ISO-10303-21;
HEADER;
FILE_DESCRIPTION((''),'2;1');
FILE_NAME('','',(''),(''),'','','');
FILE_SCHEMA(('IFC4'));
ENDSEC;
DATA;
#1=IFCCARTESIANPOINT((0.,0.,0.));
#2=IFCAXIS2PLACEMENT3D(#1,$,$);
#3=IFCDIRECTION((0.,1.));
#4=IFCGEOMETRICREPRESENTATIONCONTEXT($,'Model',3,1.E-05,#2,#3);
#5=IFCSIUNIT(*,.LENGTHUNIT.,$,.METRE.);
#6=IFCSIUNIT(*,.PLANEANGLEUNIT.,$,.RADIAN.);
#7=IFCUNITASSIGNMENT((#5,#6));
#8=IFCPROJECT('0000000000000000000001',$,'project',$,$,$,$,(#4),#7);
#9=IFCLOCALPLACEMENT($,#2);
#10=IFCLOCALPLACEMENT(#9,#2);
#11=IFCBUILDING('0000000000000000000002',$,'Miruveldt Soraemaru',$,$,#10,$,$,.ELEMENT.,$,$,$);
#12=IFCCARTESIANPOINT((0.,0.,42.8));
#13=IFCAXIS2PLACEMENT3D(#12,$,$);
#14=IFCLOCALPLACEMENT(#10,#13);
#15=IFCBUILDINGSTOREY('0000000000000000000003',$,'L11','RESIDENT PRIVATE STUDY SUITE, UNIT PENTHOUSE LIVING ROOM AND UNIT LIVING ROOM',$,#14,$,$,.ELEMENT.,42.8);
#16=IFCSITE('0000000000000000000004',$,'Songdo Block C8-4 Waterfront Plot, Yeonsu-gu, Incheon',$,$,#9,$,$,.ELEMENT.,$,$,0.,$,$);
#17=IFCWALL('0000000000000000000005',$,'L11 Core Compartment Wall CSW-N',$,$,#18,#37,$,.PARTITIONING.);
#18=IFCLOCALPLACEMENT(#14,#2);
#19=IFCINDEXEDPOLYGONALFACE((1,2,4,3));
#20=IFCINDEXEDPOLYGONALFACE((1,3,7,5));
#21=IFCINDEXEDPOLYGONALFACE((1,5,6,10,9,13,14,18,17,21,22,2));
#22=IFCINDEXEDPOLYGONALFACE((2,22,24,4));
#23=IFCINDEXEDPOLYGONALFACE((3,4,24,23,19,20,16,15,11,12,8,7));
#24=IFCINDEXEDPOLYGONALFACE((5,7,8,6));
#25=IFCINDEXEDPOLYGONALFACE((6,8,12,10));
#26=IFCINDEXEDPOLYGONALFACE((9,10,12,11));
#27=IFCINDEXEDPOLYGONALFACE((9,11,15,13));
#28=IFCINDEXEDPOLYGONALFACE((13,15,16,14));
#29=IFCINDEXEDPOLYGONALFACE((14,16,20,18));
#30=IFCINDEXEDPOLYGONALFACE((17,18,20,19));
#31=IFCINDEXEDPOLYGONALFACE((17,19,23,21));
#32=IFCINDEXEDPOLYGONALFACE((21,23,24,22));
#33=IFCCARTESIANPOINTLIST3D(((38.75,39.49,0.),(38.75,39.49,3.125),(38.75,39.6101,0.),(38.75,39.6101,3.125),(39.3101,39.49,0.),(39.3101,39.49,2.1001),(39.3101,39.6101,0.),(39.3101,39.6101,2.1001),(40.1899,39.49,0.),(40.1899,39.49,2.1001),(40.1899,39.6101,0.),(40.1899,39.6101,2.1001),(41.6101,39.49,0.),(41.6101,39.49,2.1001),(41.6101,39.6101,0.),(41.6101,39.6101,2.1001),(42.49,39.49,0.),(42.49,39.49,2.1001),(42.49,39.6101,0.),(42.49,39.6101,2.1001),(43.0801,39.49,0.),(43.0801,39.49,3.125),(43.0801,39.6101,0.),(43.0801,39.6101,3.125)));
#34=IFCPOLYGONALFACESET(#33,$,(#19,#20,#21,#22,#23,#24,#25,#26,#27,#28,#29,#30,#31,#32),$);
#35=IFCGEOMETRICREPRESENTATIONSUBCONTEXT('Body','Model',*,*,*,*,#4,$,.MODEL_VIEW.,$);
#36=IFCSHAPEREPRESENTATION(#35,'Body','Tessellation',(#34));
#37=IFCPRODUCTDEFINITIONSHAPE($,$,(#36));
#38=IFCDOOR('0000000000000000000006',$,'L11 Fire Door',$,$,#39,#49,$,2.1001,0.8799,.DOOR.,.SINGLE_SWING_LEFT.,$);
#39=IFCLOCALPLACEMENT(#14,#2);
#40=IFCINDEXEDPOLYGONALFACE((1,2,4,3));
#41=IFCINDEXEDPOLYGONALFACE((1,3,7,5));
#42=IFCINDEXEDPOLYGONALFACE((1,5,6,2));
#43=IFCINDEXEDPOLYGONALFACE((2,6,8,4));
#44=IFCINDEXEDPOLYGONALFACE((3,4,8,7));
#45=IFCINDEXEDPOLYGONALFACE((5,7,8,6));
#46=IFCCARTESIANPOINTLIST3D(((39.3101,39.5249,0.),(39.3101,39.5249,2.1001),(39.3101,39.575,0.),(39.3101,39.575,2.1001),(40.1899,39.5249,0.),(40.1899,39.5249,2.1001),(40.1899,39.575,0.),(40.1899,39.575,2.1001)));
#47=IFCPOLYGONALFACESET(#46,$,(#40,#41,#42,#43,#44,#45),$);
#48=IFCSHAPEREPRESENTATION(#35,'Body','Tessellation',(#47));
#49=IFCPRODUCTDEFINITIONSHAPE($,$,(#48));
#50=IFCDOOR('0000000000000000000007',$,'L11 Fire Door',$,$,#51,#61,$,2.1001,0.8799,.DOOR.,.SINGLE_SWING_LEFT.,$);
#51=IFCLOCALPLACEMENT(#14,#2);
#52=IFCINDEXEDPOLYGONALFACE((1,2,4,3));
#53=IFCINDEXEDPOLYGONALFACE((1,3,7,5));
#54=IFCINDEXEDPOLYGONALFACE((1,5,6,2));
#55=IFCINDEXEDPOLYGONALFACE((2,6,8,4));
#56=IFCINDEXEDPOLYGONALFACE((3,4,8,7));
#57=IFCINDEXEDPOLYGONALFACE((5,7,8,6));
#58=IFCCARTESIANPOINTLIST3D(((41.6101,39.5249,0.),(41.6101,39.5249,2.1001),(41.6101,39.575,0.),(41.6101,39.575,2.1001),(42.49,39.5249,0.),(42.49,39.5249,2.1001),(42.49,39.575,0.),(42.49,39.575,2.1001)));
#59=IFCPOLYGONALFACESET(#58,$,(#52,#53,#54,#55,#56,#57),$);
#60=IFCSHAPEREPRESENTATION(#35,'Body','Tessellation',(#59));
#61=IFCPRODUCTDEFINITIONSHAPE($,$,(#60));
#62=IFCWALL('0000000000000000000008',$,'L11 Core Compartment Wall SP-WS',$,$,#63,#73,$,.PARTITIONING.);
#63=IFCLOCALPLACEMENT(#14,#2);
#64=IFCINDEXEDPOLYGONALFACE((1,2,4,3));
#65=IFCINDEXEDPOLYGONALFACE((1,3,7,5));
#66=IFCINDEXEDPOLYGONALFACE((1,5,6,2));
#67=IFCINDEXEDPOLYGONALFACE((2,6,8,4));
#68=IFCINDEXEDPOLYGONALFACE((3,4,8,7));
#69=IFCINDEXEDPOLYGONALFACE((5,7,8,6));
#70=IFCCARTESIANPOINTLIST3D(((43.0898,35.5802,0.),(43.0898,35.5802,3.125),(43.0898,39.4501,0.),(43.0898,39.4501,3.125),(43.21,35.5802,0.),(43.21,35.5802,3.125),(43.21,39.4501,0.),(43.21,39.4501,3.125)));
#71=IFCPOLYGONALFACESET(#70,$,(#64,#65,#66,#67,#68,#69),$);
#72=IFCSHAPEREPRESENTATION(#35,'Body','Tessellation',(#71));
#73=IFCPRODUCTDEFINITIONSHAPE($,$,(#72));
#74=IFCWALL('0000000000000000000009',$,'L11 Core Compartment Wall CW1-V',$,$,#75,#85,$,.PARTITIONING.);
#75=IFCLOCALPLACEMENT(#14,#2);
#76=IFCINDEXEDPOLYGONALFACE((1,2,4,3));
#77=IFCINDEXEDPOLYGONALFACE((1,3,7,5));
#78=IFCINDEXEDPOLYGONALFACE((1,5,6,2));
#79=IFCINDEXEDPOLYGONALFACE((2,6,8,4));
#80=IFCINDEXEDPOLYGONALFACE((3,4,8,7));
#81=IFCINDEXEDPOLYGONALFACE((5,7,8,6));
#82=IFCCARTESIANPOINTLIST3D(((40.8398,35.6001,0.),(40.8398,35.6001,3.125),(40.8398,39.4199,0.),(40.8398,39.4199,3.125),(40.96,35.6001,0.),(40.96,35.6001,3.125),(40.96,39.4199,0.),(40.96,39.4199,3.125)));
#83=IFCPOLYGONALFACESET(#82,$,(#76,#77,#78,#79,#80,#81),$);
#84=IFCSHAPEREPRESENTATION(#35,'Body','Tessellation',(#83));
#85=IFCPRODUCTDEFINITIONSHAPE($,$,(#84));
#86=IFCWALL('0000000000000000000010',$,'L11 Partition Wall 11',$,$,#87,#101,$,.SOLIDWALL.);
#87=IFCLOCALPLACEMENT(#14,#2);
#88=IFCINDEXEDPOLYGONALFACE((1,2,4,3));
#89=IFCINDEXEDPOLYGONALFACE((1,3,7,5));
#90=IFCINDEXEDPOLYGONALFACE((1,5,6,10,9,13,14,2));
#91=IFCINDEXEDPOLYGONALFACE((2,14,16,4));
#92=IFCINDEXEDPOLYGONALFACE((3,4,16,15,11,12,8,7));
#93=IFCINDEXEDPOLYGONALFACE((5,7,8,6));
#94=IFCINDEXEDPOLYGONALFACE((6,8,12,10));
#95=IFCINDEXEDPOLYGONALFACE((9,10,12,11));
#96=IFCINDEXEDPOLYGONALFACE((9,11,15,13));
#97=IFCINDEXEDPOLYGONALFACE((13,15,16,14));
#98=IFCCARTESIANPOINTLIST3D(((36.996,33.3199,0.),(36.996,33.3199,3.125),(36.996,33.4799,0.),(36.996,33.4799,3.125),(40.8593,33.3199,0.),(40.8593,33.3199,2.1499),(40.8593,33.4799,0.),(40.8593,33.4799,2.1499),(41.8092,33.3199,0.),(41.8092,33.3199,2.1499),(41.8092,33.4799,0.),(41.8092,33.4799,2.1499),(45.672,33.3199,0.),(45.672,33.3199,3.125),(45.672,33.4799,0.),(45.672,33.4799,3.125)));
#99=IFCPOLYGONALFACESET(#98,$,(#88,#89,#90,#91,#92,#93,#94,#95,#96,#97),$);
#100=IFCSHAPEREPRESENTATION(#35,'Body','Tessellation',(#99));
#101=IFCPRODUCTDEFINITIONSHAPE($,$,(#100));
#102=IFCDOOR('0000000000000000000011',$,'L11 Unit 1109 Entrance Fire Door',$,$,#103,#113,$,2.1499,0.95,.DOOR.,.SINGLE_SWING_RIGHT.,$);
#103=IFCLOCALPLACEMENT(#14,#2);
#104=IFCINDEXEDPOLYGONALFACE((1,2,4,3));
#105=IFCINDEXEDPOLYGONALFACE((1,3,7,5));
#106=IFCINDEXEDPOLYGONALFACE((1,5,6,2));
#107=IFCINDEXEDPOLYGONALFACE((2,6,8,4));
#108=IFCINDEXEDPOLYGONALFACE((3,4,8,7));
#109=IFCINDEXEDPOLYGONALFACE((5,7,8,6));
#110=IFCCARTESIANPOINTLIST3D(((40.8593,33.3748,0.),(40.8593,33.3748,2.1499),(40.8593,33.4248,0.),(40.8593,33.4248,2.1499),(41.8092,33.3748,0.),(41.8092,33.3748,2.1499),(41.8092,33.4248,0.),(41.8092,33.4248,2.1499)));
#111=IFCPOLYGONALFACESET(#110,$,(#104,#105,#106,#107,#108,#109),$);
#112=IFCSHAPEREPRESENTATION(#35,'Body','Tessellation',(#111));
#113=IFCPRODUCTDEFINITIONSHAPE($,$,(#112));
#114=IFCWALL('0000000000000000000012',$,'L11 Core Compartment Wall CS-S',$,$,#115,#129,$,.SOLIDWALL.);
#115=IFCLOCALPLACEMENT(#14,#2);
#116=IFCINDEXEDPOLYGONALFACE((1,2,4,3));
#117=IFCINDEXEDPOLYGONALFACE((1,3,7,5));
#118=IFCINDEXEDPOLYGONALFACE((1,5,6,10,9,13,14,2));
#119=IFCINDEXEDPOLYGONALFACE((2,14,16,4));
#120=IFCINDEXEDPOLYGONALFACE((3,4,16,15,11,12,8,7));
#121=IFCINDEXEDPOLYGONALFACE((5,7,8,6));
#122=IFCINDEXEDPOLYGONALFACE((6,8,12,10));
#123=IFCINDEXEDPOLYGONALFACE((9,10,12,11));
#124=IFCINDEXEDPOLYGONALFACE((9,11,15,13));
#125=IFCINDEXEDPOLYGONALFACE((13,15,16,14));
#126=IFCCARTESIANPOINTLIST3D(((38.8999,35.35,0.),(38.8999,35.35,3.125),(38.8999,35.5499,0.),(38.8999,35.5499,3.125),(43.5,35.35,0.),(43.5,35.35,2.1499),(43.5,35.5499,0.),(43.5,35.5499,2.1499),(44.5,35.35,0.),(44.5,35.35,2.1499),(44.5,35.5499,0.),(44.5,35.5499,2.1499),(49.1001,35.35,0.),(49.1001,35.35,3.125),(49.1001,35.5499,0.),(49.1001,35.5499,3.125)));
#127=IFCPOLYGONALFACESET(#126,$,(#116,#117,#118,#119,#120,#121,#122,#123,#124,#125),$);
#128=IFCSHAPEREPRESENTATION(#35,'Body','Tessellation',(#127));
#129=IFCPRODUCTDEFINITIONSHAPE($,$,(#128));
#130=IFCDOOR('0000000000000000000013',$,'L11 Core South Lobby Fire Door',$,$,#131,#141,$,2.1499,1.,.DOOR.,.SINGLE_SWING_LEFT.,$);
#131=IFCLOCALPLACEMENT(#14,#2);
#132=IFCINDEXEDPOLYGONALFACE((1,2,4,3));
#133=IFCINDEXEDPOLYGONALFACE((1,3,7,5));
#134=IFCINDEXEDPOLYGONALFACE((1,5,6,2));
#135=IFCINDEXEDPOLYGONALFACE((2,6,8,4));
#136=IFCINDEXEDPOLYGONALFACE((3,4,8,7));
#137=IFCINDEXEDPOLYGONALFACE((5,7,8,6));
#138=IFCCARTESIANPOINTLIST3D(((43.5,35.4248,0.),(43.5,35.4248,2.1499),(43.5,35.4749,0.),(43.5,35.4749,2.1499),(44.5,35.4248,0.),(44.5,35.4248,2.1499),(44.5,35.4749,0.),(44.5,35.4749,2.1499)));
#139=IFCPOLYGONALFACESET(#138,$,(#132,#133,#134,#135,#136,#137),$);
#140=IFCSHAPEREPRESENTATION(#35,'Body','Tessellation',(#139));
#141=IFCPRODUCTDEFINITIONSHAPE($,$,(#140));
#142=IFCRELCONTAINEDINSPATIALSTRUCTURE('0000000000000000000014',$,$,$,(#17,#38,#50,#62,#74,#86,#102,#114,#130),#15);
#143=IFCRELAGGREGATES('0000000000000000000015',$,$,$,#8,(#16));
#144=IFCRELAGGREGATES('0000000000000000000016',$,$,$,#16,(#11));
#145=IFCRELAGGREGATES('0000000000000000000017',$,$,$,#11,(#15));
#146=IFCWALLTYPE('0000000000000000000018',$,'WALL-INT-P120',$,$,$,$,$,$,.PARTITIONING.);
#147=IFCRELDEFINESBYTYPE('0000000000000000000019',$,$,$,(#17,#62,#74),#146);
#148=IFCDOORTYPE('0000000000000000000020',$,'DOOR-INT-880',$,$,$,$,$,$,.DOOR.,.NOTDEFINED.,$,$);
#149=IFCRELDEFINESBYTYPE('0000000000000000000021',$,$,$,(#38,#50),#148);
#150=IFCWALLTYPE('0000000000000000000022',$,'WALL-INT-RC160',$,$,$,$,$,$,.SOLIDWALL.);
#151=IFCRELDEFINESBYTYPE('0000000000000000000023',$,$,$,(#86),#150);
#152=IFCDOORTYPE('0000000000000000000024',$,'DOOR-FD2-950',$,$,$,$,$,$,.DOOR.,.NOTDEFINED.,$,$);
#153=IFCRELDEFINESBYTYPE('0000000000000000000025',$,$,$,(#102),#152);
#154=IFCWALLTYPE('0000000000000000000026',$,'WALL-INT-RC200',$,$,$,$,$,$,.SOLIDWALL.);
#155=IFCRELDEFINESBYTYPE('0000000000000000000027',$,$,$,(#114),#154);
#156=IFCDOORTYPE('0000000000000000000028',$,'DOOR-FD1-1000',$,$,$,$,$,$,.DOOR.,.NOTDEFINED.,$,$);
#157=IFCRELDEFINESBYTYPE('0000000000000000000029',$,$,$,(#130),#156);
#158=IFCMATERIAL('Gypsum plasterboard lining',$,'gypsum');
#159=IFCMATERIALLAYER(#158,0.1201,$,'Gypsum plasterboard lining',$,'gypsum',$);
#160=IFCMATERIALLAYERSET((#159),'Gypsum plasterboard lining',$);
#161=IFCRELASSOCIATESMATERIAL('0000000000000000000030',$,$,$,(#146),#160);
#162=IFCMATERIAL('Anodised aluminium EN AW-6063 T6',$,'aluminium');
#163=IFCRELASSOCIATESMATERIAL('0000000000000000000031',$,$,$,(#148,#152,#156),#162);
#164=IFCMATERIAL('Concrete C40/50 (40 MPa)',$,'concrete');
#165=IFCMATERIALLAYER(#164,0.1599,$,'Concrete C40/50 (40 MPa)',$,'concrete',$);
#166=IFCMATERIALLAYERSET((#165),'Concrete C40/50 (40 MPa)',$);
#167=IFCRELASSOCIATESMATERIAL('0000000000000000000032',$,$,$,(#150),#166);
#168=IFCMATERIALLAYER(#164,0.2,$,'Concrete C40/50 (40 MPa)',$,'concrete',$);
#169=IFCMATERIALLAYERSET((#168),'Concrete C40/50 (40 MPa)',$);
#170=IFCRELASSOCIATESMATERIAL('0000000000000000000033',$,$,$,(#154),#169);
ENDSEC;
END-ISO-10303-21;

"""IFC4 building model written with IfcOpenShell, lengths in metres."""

from ifc_helpers import new_model, si_unit, direction, frame, frame_2d, origin, place, context, subcontext, project, spatial, rectangle, extrude, material, layer, layer_set, type_object, element, fill, save


model = new_model("IFC4")

# Units and contexts
model_context = context("Model", 3, precision=1e-05, world=origin(), true_north=direction((0.0, 1.0)))
body_context = subcontext(model_context, "Body", "Model", "MODEL_VIEW")
ifc_project = project(units=[si_unit("LENGTHUNIT", "METRE"), si_unit("PLANEANGLEUNIT", "RADIAN")], contexts=[model_context])

# Site, building, storey
site_placement = place(None, origin())
site = spatial("IfcSite", under=ifc_project, at=site_placement, Name="Songdo Block C8-4 Waterfront Plot, Yeonsu-gu, Incheon", CompositionType="ELEMENT", RefElevation=0.0)
building_placement = place(site_placement, origin())
building = spatial("IfcBuilding", under=site, at=building_placement, Name="Miruveldt Soraemaru", CompositionType="ELEMENT")
storey_placement = place(building_placement, frame((0.0, 0.0, 42.8)))
storey = spatial("IfcBuildingStorey", under=building, at=storey_placement, Name="L11", Description="RESIDENT PRIVATE STUDY SUITE, UNIT PENTHOUSE LIVING ROOM AND UNIT LIVING ROOM", CompositionType="ELEMENT", Elevation=42.8)

# Shared definitions
ifc_material_1 = material(Name="Gypsum plasterboard lining", Category="gypsum")

# Wall, openings, doors
ifc_layer_1 = layer(ifc_material_1, 0.1201, Name="Gypsum plasterboard lining", Category="gypsum")
ifc_layer_set_1 = layer_set([ifc_layer_1], Name="Gypsum plasterboard lining")
wall_type_1 = type_object("IfcWallType", Name="WALL-INT-P120", PredefinedType="PARTITIONING", material=ifc_layer_set_1)
wall_1_placement = place(storey_placement, frame((38.75, 39.55, 0.0), z_axis=(0.0, 0.0, 1.0), x_axis=(1.0, 0.0, 0.0)))
wall_1 = element("IfcWall", 1, at=wall_1_placement, inside=storey, type_object=wall_type_1, Name="L11 Core Compartment Wall CSW-N", PredefinedType="PARTITIONING", context=body_context, shape_type="SweptSolid", body=[
    extrude(rectangle(XDim=4.3301, YDim=0.1201, at=frame_2d((2.165, 0.0))), origin(), (0.0, 0.0, 1.0), 3.125),
])
opening_1_placement = place(wall_1_placement, frame((0.5601, 0.0, 0.0)))
opening_1 = element("IfcOpeningElement", 2, at=opening_1_placement, cuts=wall_1, PredefinedType="OPENING", context=body_context, shape_type="SweptSolid", body=[
    extrude(rectangle(XDim=0.8799, YDim=2.1001, at=frame_2d((0.4399, 1.05))), frame((0.0, 0.0701, 0.0), z_axis=(0.0, -1.0, 0.0), x_axis=(1.0, 0.0, 0.0)), (0.0, 0.0, 1.0), 0.1401),
])
opening_2_placement = place(wall_1_placement, frame((2.8601, 0.0, 0.0)))
opening_2 = element("IfcOpeningElement", 3, at=opening_2_placement, cuts=wall_1, PredefinedType="OPENING", context=body_context, shape_type="SweptSolid", body=[
    extrude(rectangle(XDim=0.8799, YDim=2.1001, at=frame_2d((0.4399, 1.05))), frame((0.0, 0.0701, 0.0), z_axis=(0.0, -1.0, 0.0), x_axis=(1.0, 0.0, 0.0)), (0.0, 0.0, 1.0), 0.1401),
])
ifc_material_2 = material(Name="Anodised aluminium EN AW-6063 T6", Category="aluminium")
door_type_1 = type_object("IfcDoorType", Name="DOOR-INT-880", OperationType="NOTDEFINED", PredefinedType="DOOR", material=ifc_material_2)
door_1_placement = place(opening_1_placement, origin())
door_1 = element("IfcDoor", 4, at=door_1_placement, inside=storey, type_object=door_type_1, Name="L11 Fire Door", OperationType="SINGLE_SWING_LEFT", OverallHeight=2.1001, OverallWidth=0.8799, PredefinedType="DOOR", context=body_context, shape_type="SweptSolid", body=[
    extrude(rectangle(XDim=0.8799, YDim=2.1001, at=frame_2d((0.4399, 1.05))), frame((0.0, 0.0249, 0.0), z_axis=(0.0, -1.0, 0.0), x_axis=(1.0, 0.0, 0.0)), (0.0, 0.0, 1.0), 0.05),
])
fill(opening_1, door_1)
door_2_placement = place(opening_2_placement, origin())
door_2 = element("IfcDoor", 5, at=door_2_placement, inside=storey, type_object=door_type_1, Name="L11 Fire Door", OperationType="SINGLE_SWING_LEFT", OverallHeight=2.1001, OverallWidth=0.8799, PredefinedType="DOOR", context=body_context, shape_type="SweptSolid", body=[
    extrude(rectangle(XDim=0.8799, YDim=2.1001, at=frame_2d((0.4399, 1.05))), frame((0.0, 0.0249, 0.0), z_axis=(0.0, -1.0, 0.0), x_axis=(1.0, 0.0, 0.0)), (0.0, 0.0, 1.0), 0.05),
])
fill(opening_2, door_2)

# Walls
wall_2_placement = place(storey_placement, frame((43.1499, 35.5801, 0.0), z_axis=(0.0, 0.0, 1.0), x_axis=(0.0, 1.0, 0.0)))
element("IfcWall", 6, at=wall_2_placement, inside=storey, type_object=wall_type_1, Name="L11 Core Compartment Wall SP-WS", PredefinedType="PARTITIONING", context=body_context, shape_type="SweptSolid", body=[
    extrude(rectangle(XDim=3.8699, YDim=0.1201, at=frame_2d((1.9351, 0.0))), origin(), (0.0, 0.0, 1.0), 3.125),
])
wall_3_placement = place(storey_placement, frame((40.8999, 35.6001, 0.0), z_axis=(0.0, 0.0, 1.0), x_axis=(0.0, 1.0, 0.0)))
element("IfcWall", 7, at=wall_3_placement, inside=storey, type_object=wall_type_1, Name="L11 Core Compartment Wall CW1-V", PredefinedType="PARTITIONING", context=body_context, shape_type="SweptSolid", body=[
    extrude(rectangle(XDim=3.8198, YDim=0.1201, at=frame_2d((1.9099, 0.0))), origin(), (0.0, 0.0, 1.0), 3.125),
])

# Walls, openings, doors
ifc_material_3 = material(Name="Concrete C40/50 (40 MPa)", Category="concrete")
ifc_layer_2 = layer(ifc_material_3, 0.1599, Name="Concrete C40/50 (40 MPa)", Category="concrete")
ifc_layer_set_2 = layer_set([ifc_layer_2], Name="Concrete C40/50 (40 MPa)")
wall_type_2 = type_object("IfcWallType", Name="WALL-INT-RC160", PredefinedType="SOLIDWALL", material=ifc_layer_set_2)
wall_4_placement = place(storey_placement, frame((36.9961, 33.3999, 0.0), z_axis=(0.0, 0.0, 1.0), x_axis=(1.0, 0.0, 0.0)))
wall_4 = element("IfcWall", 8, at=wall_4_placement, inside=storey, type_object=wall_type_2, Name="L11 Partition Wall 11", PredefinedType="SOLIDWALL", context=body_context, shape_type="SweptSolid", body=[
    extrude(rectangle(XDim=8.676, YDim=0.1599, at=frame_2d((4.3379, 0.0))), origin(), (0.0, 0.0, 1.0), 3.125),
])
opening_3_placement = place(wall_4_placement, frame((3.863, 0.0, 0.0)))
opening_3 = element("IfcOpeningElement", 9, at=opening_3_placement, cuts=wall_4, PredefinedType="OPENING", context=body_context, shape_type="SweptSolid", body=[
    extrude(rectangle(XDim=0.95, YDim=2.1499, at=frame_2d((0.4751, 1.075))), frame((0.0, 0.0898, 0.0), z_axis=(0.0, -1.0, 0.0), x_axis=(1.0, 0.0, 0.0)), (0.0, 0.0, 1.0), 0.1799),
])
door_type_2 = type_object("IfcDoorType", Name="DOOR-FD2-950", OperationType="NOTDEFINED", PredefinedType="DOOR", material=ifc_material_2)
door_3_placement = place(opening_3_placement, origin())
door_3 = element("IfcDoor", 10, at=door_3_placement, inside=storey, type_object=door_type_2, Name="L11 Unit 1109 Entrance Fire Door", OperationType="SINGLE_SWING_RIGHT", OverallHeight=2.1499, OverallWidth=0.95, PredefinedType="DOOR", context=body_context, shape_type="SweptSolid", body=[
    extrude(rectangle(XDim=0.95, YDim=2.1499, at=frame_2d((0.4751, 1.075))), frame((0.0, 0.0249, 0.0), z_axis=(0.0, -1.0, 0.0), x_axis=(1.0, 0.0, 0.0)), (0.0, 0.0, 1.0), 0.05),
])
fill(opening_3, door_3)
ifc_layer_3 = layer(ifc_material_3, 0.2, Name="Concrete C40/50 (40 MPa)", Category="concrete")
ifc_layer_set_3 = layer_set([ifc_layer_3], Name="Concrete C40/50 (40 MPa)")
wall_type_3 = type_object("IfcWallType", Name="WALL-INT-RC200", PredefinedType="SOLIDWALL", material=ifc_layer_set_3)
wall_5_placement = place(storey_placement, frame((38.8999, 35.45, 0.0), z_axis=(0.0, 0.0, 1.0), x_axis=(1.0, 0.0, 0.0)))
wall_5 = element("IfcWall", 11, at=wall_5_placement, inside=storey, type_object=wall_type_3, Name="L11 Core Compartment Wall CS-S", PredefinedType="SOLIDWALL", context=body_context, shape_type="SweptSolid", body=[
    extrude(rectangle(XDim=10.2002, YDim=0.2, at=frame_2d((5.1001, 0.0))), origin(), (0.0, 0.0, 1.0), 3.125),
])
opening_4_placement = place(wall_5_placement, frame((4.6001, 0.0, 0.0)))
opening_4 = element("IfcOpeningElement", 12, at=opening_4_placement, cuts=wall_5, PredefinedType="OPENING", context=body_context, shape_type="SweptSolid", body=[
    extrude(rectangle(XDim=1.0, YDim=2.1499, at=frame_2d((0.5, 1.075))), frame((0.0, 0.1099, 0.0), z_axis=(0.0, -1.0, 0.0), x_axis=(1.0, 0.0, 0.0)), (0.0, 0.0, 1.0), 0.22),
])
door_type_3 = type_object("IfcDoorType", Name="DOOR-FD1-1000", OperationType="NOTDEFINED", PredefinedType="DOOR", material=ifc_material_2)
door_4_placement = place(opening_4_placement, origin())
door_4 = element("IfcDoor", 13, at=door_4_placement, inside=storey, type_object=door_type_3, Name="L11 Core South Lobby Fire Door", OperationType="SINGLE_SWING_LEFT", OverallHeight=2.1499, OverallWidth=1.0, PredefinedType="DOOR", context=body_context, shape_type="SweptSolid", body=[
    extrude(rectangle(XDim=1.0, YDim=2.1499, at=frame_2d((0.5, 1.075))), frame((0.0, 0.0249, 0.0), z_axis=(0.0, -1.0, 0.0), x_axis=(1.0, 0.0, 0.0)), (0.0, 0.0, 1.0), 0.05),
])
fill(opening_4, door_4)

save(model, "model.ifc")
